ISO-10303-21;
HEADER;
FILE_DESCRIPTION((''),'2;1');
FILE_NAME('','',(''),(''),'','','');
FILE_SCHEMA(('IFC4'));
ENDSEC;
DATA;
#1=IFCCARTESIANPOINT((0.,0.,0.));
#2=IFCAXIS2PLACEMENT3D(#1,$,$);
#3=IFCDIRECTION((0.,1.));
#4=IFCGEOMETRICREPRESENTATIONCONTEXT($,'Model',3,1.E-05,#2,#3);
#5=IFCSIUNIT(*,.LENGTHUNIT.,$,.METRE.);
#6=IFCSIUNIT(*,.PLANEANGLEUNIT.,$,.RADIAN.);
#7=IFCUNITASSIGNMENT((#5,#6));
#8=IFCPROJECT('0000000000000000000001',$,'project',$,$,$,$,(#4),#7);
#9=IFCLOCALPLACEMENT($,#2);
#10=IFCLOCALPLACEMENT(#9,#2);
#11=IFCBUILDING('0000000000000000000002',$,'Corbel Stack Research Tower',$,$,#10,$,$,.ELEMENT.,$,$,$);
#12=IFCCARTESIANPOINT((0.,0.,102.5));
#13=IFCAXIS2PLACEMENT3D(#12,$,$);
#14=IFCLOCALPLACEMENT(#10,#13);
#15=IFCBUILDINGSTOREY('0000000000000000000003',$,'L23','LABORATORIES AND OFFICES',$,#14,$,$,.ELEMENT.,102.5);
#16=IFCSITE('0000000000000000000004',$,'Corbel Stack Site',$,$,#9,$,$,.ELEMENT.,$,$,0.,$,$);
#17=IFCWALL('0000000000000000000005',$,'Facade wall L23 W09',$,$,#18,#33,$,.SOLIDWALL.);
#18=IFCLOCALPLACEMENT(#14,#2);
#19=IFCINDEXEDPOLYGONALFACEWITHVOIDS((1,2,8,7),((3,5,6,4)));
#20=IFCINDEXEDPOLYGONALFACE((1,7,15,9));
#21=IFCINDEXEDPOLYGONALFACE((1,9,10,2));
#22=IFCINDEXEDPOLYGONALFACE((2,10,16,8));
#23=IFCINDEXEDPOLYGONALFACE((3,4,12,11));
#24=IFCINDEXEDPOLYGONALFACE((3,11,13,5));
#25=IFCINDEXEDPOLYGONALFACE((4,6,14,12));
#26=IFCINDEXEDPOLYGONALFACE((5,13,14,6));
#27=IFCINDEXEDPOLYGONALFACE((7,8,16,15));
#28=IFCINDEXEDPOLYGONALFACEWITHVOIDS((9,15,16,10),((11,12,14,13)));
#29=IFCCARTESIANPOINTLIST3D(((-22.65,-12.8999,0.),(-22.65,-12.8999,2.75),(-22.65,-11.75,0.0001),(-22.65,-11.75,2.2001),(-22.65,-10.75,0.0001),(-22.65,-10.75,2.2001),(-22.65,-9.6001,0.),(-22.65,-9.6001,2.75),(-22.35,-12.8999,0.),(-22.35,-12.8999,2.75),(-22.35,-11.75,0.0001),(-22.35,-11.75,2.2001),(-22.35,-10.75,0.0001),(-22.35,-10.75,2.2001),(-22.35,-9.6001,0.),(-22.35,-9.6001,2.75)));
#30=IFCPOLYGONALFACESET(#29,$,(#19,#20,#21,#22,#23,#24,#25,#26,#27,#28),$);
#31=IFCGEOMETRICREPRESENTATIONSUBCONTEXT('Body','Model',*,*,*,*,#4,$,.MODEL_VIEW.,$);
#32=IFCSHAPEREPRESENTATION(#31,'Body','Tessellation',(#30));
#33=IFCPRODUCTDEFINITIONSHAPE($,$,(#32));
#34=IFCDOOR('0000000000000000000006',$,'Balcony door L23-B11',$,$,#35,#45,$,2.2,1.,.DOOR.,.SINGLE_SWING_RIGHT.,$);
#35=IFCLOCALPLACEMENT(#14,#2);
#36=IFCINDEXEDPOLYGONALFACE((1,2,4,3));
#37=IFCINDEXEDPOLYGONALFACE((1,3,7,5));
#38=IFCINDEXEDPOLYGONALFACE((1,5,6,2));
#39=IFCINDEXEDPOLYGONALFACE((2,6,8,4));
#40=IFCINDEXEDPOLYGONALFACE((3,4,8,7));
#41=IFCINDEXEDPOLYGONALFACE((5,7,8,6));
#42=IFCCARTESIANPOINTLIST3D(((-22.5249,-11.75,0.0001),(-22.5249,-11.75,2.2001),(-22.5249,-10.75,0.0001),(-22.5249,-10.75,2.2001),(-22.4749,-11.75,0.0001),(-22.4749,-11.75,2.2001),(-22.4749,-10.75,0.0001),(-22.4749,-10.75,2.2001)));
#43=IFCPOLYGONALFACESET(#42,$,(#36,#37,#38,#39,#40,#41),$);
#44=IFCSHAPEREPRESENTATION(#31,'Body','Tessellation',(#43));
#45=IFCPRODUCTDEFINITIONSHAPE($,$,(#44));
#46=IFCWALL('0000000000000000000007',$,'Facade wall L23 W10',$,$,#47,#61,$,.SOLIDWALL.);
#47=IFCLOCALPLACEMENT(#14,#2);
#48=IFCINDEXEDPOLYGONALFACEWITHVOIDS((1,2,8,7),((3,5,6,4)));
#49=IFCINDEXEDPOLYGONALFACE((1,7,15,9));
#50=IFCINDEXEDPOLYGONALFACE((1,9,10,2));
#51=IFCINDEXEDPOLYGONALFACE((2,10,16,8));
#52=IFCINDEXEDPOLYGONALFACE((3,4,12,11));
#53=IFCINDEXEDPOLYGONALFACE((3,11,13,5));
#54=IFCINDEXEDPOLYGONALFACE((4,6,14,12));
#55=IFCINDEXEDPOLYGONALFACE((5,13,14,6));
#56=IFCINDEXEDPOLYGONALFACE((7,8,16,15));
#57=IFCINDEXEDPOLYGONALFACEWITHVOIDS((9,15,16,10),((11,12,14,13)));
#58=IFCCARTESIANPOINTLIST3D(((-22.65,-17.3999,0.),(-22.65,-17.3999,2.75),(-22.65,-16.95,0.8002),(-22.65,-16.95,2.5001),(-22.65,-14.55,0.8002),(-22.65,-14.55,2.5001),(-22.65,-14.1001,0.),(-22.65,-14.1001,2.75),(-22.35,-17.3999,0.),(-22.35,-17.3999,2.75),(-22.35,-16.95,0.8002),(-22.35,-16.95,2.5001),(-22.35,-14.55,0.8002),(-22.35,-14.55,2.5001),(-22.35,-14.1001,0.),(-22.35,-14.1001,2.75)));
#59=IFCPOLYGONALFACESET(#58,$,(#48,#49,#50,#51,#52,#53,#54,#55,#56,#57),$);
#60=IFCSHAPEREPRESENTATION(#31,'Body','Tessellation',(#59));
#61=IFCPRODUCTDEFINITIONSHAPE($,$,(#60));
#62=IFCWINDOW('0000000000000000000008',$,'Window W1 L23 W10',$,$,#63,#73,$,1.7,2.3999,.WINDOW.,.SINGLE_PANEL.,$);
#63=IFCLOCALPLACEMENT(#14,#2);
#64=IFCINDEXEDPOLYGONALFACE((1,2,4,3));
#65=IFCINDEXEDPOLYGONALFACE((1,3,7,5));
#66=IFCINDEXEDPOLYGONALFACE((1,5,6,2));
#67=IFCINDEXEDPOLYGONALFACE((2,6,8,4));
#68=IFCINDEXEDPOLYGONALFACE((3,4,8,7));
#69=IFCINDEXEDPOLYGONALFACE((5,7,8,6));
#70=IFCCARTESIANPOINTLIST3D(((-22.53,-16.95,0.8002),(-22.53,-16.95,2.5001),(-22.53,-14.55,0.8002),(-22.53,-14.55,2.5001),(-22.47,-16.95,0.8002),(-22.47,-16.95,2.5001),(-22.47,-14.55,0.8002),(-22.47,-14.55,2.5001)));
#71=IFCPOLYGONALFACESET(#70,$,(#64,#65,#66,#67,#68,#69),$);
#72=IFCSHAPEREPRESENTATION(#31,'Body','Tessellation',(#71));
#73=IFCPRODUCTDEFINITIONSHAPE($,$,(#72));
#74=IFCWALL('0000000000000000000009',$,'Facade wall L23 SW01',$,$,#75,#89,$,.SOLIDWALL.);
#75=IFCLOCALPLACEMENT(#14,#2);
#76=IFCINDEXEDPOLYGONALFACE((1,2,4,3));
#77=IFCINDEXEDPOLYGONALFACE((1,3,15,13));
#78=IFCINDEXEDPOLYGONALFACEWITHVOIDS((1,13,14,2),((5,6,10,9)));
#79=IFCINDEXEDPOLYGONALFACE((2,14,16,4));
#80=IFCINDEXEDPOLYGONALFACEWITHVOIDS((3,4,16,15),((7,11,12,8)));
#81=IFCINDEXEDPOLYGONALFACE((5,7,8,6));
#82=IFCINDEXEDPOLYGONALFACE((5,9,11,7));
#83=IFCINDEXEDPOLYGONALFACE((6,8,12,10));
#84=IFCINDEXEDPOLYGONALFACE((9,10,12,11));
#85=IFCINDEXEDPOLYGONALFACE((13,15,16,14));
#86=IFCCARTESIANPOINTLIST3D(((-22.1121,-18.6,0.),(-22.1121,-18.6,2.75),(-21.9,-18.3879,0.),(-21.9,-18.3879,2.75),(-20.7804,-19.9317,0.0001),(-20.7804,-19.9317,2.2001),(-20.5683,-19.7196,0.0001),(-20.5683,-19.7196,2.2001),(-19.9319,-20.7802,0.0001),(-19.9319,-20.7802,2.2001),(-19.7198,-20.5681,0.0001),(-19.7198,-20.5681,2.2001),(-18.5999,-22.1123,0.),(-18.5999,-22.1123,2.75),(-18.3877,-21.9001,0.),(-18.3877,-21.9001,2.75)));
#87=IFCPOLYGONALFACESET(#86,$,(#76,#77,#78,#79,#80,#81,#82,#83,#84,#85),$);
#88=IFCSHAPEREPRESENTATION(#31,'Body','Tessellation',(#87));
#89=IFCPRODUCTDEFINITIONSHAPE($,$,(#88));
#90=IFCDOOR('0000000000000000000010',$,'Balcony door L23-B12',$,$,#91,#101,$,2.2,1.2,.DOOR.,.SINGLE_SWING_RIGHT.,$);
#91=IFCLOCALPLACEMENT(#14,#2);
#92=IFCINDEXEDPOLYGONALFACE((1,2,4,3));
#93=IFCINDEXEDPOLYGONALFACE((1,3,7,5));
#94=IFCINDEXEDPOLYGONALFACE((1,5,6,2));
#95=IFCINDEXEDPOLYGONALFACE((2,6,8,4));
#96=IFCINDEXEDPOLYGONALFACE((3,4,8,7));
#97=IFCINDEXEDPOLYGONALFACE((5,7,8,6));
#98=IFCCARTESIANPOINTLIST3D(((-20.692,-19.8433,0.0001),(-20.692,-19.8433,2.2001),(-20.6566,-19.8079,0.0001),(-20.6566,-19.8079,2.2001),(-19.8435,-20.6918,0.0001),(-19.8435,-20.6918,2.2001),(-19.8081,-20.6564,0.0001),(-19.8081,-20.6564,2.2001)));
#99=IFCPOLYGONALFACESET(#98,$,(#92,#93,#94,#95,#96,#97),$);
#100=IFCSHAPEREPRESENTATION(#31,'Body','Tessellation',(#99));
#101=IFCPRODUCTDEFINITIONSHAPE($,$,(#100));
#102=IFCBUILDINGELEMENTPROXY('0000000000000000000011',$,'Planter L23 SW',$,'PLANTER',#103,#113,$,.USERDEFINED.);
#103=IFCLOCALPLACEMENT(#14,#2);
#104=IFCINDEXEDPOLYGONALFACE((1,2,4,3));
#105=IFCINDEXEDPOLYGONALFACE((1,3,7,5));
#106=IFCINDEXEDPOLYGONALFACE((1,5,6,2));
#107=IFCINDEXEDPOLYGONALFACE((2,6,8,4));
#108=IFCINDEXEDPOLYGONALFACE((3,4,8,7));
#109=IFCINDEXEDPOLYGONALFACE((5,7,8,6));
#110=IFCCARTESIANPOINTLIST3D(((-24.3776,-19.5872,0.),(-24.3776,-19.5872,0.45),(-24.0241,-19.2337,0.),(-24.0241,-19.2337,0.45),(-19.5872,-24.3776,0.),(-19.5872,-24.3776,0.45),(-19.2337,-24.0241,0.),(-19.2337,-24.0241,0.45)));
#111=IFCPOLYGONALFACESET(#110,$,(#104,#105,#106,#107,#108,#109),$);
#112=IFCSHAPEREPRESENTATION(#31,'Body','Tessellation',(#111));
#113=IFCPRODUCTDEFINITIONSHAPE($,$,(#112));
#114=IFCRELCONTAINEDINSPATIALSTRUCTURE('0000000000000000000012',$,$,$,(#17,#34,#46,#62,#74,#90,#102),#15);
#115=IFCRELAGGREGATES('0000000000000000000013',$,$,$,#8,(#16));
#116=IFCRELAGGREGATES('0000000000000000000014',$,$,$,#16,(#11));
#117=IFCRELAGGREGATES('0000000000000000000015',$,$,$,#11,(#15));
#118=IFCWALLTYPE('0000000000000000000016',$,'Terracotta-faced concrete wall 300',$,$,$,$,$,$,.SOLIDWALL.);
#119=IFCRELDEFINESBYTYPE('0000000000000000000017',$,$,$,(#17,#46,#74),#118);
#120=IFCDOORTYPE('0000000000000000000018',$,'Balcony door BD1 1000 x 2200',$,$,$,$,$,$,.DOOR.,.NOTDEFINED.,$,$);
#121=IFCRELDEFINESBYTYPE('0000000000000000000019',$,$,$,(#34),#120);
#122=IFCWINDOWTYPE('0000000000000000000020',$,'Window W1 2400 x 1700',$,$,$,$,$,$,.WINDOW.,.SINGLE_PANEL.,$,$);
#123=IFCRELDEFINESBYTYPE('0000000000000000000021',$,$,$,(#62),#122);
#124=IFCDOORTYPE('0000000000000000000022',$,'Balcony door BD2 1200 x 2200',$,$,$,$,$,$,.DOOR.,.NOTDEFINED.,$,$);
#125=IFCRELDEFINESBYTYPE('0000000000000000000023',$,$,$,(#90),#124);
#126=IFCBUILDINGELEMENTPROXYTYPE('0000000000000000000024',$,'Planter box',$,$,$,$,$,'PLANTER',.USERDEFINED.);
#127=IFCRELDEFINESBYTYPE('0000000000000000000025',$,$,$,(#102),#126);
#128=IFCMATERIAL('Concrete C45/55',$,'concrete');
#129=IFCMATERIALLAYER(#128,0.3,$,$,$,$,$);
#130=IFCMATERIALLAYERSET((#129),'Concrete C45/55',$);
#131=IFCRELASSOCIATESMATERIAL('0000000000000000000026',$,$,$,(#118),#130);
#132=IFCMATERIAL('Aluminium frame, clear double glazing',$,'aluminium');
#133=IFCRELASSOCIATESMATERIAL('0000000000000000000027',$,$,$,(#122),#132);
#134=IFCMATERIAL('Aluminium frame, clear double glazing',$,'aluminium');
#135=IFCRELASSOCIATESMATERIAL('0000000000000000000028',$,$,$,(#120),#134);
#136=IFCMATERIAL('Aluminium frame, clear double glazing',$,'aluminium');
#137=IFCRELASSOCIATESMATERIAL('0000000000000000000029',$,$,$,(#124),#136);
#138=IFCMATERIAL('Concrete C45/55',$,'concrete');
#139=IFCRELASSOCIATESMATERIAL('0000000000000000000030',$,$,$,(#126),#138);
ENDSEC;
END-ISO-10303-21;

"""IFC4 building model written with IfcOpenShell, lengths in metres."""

from ifc_helpers import new_model, si_unit, direction, frame, frame_2d, origin, origin_2d, place, context, subcontext, project, spatial, rectangle, extrude, material, layer, layer_set, type_object, element, fill, save


model = new_model("IFC4")

# Units and contexts
model_context = context("Model", 3, precision=1e-05, world=origin(), true_north=direction((0.0, 1.0)))
body_context = subcontext(model_context, "Body", "Model", "MODEL_VIEW")
ifc_project = project(units=[si_unit("LENGTHUNIT", "METRE"), si_unit("PLANEANGLEUNIT", "RADIAN")], contexts=[model_context])

# Site, building, storey
site_placement = place(None, origin())
site = spatial("IfcSite", under=ifc_project, at=site_placement, Name="Corbel Stack Site", CompositionType="ELEMENT", RefElevation=0.0)
building_placement = place(site_placement, origin())
building = spatial("IfcBuilding", under=site, at=building_placement, Name="Corbel Stack Research Tower", CompositionType="ELEMENT")
storey_placement = place(building_placement, frame((0.0, 0.0, 102.5)))
storey = spatial("IfcBuildingStorey", under=building, at=storey_placement, Name="L23", Description="LABORATORIES AND OFFICES", CompositionType="ELEMENT", Elevation=102.5)

# Shared definitions
ifc_material_1 = material(Name="Concrete C45/55", Category="concrete")
ifc_layer_1 = layer(ifc_material_1, 0.3)
ifc_layer_set_1 = layer_set([ifc_layer_1], Name="Concrete C45/55")
wall_type_1 = type_object("IfcWallType", Name="Terracotta-faced concrete wall 300", PredefinedType="SOLIDWALL", material=ifc_layer_set_1)
ifc_material_2 = material(Name="Aluminium frame, clear double glazing", Category="aluminium")
window_type = type_object("IfcWindowType", Name="Window W1 2400 x 1700", PartitioningType="SINGLE_PANEL", PredefinedType="WINDOW", material=ifc_material_2)

# Wall, opening, door
wall_1_placement = place(storey_placement, frame((-22.5, -12.8999, 0.0), z_axis=(0.0, 0.0, 1.0), x_axis=(0.0, 1.0, 0.0)))
wall_1 = element("IfcWall", 1, at=wall_1_placement, inside=storey, type_object=wall_type_1, Name="Facade wall L23 W09", PredefinedType="SOLIDWALL", context=body_context, shape_type="SweptSolid", body=[
    extrude(rectangle(XDim=3.2998, YDim=0.3, at=frame_2d((1.6499, 0.0))), origin(), (0.0, 0.0, 1.0), 2.75),
])
opening_1_placement = place(wall_1_placement, frame((1.1499, 0.0, 0.0)))
opening_1 = element("IfcOpeningElement", 2, at=opening_1_placement, cuts=wall_1, PredefinedType="OPENING", context=body_context, shape_type="SweptSolid", body=[
    extrude(rectangle(XDim=1.0, YDim=2.2, at=frame_2d((0.5, 1.1001))), frame((0.0, 0.1599, 0.0), z_axis=(0.0, -1.0, 0.0), x_axis=(1.0, 0.0, 0.0)), (0.0, 0.0, 1.0), 0.3201),
])
ifc_material_3 = material(Name="Aluminium frame, clear double glazing", Category="aluminium")
door_type_1 = type_object("IfcDoorType", Name="Balcony door BD1 1000 x 2200", OperationType="NOTDEFINED", PredefinedType="DOOR", material=ifc_material_3)
door_1_placement = place(opening_1_placement, origin())
door_1 = element("IfcDoor", 3, at=door_1_placement, inside=storey, type_object=door_type_1, Name="Balcony door L23-B11", OperationType="SINGLE_SWING_RIGHT", OverallHeight=2.2, OverallWidth=1.0, PredefinedType="DOOR", context=body_context, shape_type="SweptSolid", body=[
    extrude(rectangle(XDim=1.0, YDim=2.2, at=frame_2d((0.5, 1.1001))), frame((0.0, 0.0249, 0.0), z_axis=(0.0, -1.0, 0.0), x_axis=(1.0, 0.0, 0.0)), (0.0, 0.0, 1.0), 0.05),
])
fill(opening_1, door_1)

# Wall, opening, window
wall_2_placement = place(storey_placement, frame((-22.5, -17.3999, 0.0), z_axis=(0.0, 0.0, 1.0), x_axis=(0.0, 1.0, 0.0)))
wall_2 = element("IfcWall", 4, at=wall_2_placement, inside=storey, type_object=wall_type_1, Name="Facade wall L23 W10", PredefinedType="SOLIDWALL", context=body_context, shape_type="SweptSolid", body=[
    extrude(rectangle(XDim=3.2998, YDim=0.3, at=frame_2d((1.6499, 0.0))), origin(), (0.0, 0.0, 1.0), 2.75),
])
opening_2_placement = place(wall_2_placement, frame((0.45, 0.0, 0.8)))
opening_2 = element("IfcOpeningElement", 5, at=opening_2_placement, cuts=wall_2, PredefinedType="OPENING", context=body_context, shape_type="SweptSolid", body=[
    extrude(rectangle(XDim=2.3999, YDim=1.7, at=frame_2d((1.2, 0.8501))), frame((0.0, 0.1599, 0.0), z_axis=(0.0, -1.0, 0.0), x_axis=(1.0, 0.0, 0.0)), (0.0, 0.0, 1.0), 0.3201),
])
window_1_placement = place(opening_2_placement, origin())
window_1 = element("IfcWindow", 6, at=window_1_placement, inside=storey, type_object=window_type, Name="Window W1 L23 W10", OverallHeight=1.7, OverallWidth=2.3999, PartitioningType="SINGLE_PANEL", PredefinedType="WINDOW", context=body_context, shape_type="SweptSolid", body=[
    extrude(rectangle(XDim=2.3999, YDim=1.7, at=frame_2d((1.2, 0.8501))), frame((0.0, 0.03, 0.0), z_axis=(0.0, -1.0, 0.0), x_axis=(1.0, 0.0, 0.0)), (0.0, 0.0, 1.0), 0.0601),
])
fill(opening_2, window_1)

# Wall, opening, door
wall_3_placement = place(storey_placement, frame((-18.4939, -22.0061, 0.0), z_axis=(0.0, 0.0, 1.0), x_axis=(-0.707107, 0.707107, 0.0)))
wall_3 = element("IfcWall", 7, at=wall_3_placement, inside=storey, type_object=wall_type_1, Name="Facade wall L23 SW01", PredefinedType="SOLIDWALL", context=body_context, shape_type="SweptSolid", body=[
    extrude(rectangle(XDim=4.967, YDim=0.3, at=frame_2d((2.4834, 0.0))), origin(), (0.0, 0.0, 1.0), 2.75),
])
opening_3_placement = place(wall_3_placement, frame((1.8835, 0.0, 0.0)))
opening_3 = element("IfcOpeningElement", 8, at=opening_3_placement, cuts=wall_3, PredefinedType="OPENING", context=body_context, shape_type="SweptSolid", body=[
    extrude(rectangle(XDim=1.2, YDim=2.2, at=frame_2d((0.6001, 1.1001))), frame((0.0, 0.1599, 0.0), z_axis=(0.0, -1.0, 0.0), x_axis=(1.0, 0.0, 0.0)), (0.0, 0.0, 1.0), 0.3201),
])
ifc_material_4 = material(Name="Aluminium frame, clear double glazing", Category="aluminium")
door_type_2 = type_object("IfcDoorType", Name="Balcony door BD2 1200 x 2200", OperationType="NOTDEFINED", PredefinedType="DOOR", material=ifc_material_4)
door_2_placement = place(opening_3_placement, origin())
door_2 = element("IfcDoor", 9, at=door_2_placement, inside=storey, type_object=door_type_2, Name="Balcony door L23-B12", OperationType="SINGLE_SWING_RIGHT", OverallHeight=2.2, OverallWidth=1.2, PredefinedType="DOOR", context=body_context, shape_type="SweptSolid", body=[
    extrude(rectangle(XDim=1.2, YDim=2.2, at=frame_2d((0.6001, 1.1001))), frame((0.0, 0.0249, 0.0), z_axis=(0.0, -1.0, 0.0), x_axis=(1.0, 0.0, 0.0)), (0.0, 0.0, 1.0), 0.05),
])
fill(opening_3, door_2)

# Building element proxy
ifc_material_5 = material(Name="Concrete C45/55", Category="concrete")
building_element_proxy_type = type_object("IfcBuildingElementProxyType", Name="Planter box", ElementType="PLANTER", PredefinedType="USERDEFINED", material=ifc_material_5)
proxy_placement = place(storey_placement, frame((-21.8057, -21.8057, 0.0), z_axis=(0.0, 0.0, 1.0), x_axis=(0.707107, -0.707107, 0.0)))
element("IfcBuildingElementProxy", 10, at=proxy_placement, inside=storey, type_object=building_element_proxy_type, Name="Planter L23 SW", ObjectType="PLANTER", PredefinedType="USERDEFINED", context=body_context, shape_type="SweptSolid", body=[
    extrude(rectangle(XDim=6.7747, YDim=0.5, at=origin_2d()), origin(), (0.0, 0.0, 1.0), 0.45),
])

save(model, "model.ifc")
